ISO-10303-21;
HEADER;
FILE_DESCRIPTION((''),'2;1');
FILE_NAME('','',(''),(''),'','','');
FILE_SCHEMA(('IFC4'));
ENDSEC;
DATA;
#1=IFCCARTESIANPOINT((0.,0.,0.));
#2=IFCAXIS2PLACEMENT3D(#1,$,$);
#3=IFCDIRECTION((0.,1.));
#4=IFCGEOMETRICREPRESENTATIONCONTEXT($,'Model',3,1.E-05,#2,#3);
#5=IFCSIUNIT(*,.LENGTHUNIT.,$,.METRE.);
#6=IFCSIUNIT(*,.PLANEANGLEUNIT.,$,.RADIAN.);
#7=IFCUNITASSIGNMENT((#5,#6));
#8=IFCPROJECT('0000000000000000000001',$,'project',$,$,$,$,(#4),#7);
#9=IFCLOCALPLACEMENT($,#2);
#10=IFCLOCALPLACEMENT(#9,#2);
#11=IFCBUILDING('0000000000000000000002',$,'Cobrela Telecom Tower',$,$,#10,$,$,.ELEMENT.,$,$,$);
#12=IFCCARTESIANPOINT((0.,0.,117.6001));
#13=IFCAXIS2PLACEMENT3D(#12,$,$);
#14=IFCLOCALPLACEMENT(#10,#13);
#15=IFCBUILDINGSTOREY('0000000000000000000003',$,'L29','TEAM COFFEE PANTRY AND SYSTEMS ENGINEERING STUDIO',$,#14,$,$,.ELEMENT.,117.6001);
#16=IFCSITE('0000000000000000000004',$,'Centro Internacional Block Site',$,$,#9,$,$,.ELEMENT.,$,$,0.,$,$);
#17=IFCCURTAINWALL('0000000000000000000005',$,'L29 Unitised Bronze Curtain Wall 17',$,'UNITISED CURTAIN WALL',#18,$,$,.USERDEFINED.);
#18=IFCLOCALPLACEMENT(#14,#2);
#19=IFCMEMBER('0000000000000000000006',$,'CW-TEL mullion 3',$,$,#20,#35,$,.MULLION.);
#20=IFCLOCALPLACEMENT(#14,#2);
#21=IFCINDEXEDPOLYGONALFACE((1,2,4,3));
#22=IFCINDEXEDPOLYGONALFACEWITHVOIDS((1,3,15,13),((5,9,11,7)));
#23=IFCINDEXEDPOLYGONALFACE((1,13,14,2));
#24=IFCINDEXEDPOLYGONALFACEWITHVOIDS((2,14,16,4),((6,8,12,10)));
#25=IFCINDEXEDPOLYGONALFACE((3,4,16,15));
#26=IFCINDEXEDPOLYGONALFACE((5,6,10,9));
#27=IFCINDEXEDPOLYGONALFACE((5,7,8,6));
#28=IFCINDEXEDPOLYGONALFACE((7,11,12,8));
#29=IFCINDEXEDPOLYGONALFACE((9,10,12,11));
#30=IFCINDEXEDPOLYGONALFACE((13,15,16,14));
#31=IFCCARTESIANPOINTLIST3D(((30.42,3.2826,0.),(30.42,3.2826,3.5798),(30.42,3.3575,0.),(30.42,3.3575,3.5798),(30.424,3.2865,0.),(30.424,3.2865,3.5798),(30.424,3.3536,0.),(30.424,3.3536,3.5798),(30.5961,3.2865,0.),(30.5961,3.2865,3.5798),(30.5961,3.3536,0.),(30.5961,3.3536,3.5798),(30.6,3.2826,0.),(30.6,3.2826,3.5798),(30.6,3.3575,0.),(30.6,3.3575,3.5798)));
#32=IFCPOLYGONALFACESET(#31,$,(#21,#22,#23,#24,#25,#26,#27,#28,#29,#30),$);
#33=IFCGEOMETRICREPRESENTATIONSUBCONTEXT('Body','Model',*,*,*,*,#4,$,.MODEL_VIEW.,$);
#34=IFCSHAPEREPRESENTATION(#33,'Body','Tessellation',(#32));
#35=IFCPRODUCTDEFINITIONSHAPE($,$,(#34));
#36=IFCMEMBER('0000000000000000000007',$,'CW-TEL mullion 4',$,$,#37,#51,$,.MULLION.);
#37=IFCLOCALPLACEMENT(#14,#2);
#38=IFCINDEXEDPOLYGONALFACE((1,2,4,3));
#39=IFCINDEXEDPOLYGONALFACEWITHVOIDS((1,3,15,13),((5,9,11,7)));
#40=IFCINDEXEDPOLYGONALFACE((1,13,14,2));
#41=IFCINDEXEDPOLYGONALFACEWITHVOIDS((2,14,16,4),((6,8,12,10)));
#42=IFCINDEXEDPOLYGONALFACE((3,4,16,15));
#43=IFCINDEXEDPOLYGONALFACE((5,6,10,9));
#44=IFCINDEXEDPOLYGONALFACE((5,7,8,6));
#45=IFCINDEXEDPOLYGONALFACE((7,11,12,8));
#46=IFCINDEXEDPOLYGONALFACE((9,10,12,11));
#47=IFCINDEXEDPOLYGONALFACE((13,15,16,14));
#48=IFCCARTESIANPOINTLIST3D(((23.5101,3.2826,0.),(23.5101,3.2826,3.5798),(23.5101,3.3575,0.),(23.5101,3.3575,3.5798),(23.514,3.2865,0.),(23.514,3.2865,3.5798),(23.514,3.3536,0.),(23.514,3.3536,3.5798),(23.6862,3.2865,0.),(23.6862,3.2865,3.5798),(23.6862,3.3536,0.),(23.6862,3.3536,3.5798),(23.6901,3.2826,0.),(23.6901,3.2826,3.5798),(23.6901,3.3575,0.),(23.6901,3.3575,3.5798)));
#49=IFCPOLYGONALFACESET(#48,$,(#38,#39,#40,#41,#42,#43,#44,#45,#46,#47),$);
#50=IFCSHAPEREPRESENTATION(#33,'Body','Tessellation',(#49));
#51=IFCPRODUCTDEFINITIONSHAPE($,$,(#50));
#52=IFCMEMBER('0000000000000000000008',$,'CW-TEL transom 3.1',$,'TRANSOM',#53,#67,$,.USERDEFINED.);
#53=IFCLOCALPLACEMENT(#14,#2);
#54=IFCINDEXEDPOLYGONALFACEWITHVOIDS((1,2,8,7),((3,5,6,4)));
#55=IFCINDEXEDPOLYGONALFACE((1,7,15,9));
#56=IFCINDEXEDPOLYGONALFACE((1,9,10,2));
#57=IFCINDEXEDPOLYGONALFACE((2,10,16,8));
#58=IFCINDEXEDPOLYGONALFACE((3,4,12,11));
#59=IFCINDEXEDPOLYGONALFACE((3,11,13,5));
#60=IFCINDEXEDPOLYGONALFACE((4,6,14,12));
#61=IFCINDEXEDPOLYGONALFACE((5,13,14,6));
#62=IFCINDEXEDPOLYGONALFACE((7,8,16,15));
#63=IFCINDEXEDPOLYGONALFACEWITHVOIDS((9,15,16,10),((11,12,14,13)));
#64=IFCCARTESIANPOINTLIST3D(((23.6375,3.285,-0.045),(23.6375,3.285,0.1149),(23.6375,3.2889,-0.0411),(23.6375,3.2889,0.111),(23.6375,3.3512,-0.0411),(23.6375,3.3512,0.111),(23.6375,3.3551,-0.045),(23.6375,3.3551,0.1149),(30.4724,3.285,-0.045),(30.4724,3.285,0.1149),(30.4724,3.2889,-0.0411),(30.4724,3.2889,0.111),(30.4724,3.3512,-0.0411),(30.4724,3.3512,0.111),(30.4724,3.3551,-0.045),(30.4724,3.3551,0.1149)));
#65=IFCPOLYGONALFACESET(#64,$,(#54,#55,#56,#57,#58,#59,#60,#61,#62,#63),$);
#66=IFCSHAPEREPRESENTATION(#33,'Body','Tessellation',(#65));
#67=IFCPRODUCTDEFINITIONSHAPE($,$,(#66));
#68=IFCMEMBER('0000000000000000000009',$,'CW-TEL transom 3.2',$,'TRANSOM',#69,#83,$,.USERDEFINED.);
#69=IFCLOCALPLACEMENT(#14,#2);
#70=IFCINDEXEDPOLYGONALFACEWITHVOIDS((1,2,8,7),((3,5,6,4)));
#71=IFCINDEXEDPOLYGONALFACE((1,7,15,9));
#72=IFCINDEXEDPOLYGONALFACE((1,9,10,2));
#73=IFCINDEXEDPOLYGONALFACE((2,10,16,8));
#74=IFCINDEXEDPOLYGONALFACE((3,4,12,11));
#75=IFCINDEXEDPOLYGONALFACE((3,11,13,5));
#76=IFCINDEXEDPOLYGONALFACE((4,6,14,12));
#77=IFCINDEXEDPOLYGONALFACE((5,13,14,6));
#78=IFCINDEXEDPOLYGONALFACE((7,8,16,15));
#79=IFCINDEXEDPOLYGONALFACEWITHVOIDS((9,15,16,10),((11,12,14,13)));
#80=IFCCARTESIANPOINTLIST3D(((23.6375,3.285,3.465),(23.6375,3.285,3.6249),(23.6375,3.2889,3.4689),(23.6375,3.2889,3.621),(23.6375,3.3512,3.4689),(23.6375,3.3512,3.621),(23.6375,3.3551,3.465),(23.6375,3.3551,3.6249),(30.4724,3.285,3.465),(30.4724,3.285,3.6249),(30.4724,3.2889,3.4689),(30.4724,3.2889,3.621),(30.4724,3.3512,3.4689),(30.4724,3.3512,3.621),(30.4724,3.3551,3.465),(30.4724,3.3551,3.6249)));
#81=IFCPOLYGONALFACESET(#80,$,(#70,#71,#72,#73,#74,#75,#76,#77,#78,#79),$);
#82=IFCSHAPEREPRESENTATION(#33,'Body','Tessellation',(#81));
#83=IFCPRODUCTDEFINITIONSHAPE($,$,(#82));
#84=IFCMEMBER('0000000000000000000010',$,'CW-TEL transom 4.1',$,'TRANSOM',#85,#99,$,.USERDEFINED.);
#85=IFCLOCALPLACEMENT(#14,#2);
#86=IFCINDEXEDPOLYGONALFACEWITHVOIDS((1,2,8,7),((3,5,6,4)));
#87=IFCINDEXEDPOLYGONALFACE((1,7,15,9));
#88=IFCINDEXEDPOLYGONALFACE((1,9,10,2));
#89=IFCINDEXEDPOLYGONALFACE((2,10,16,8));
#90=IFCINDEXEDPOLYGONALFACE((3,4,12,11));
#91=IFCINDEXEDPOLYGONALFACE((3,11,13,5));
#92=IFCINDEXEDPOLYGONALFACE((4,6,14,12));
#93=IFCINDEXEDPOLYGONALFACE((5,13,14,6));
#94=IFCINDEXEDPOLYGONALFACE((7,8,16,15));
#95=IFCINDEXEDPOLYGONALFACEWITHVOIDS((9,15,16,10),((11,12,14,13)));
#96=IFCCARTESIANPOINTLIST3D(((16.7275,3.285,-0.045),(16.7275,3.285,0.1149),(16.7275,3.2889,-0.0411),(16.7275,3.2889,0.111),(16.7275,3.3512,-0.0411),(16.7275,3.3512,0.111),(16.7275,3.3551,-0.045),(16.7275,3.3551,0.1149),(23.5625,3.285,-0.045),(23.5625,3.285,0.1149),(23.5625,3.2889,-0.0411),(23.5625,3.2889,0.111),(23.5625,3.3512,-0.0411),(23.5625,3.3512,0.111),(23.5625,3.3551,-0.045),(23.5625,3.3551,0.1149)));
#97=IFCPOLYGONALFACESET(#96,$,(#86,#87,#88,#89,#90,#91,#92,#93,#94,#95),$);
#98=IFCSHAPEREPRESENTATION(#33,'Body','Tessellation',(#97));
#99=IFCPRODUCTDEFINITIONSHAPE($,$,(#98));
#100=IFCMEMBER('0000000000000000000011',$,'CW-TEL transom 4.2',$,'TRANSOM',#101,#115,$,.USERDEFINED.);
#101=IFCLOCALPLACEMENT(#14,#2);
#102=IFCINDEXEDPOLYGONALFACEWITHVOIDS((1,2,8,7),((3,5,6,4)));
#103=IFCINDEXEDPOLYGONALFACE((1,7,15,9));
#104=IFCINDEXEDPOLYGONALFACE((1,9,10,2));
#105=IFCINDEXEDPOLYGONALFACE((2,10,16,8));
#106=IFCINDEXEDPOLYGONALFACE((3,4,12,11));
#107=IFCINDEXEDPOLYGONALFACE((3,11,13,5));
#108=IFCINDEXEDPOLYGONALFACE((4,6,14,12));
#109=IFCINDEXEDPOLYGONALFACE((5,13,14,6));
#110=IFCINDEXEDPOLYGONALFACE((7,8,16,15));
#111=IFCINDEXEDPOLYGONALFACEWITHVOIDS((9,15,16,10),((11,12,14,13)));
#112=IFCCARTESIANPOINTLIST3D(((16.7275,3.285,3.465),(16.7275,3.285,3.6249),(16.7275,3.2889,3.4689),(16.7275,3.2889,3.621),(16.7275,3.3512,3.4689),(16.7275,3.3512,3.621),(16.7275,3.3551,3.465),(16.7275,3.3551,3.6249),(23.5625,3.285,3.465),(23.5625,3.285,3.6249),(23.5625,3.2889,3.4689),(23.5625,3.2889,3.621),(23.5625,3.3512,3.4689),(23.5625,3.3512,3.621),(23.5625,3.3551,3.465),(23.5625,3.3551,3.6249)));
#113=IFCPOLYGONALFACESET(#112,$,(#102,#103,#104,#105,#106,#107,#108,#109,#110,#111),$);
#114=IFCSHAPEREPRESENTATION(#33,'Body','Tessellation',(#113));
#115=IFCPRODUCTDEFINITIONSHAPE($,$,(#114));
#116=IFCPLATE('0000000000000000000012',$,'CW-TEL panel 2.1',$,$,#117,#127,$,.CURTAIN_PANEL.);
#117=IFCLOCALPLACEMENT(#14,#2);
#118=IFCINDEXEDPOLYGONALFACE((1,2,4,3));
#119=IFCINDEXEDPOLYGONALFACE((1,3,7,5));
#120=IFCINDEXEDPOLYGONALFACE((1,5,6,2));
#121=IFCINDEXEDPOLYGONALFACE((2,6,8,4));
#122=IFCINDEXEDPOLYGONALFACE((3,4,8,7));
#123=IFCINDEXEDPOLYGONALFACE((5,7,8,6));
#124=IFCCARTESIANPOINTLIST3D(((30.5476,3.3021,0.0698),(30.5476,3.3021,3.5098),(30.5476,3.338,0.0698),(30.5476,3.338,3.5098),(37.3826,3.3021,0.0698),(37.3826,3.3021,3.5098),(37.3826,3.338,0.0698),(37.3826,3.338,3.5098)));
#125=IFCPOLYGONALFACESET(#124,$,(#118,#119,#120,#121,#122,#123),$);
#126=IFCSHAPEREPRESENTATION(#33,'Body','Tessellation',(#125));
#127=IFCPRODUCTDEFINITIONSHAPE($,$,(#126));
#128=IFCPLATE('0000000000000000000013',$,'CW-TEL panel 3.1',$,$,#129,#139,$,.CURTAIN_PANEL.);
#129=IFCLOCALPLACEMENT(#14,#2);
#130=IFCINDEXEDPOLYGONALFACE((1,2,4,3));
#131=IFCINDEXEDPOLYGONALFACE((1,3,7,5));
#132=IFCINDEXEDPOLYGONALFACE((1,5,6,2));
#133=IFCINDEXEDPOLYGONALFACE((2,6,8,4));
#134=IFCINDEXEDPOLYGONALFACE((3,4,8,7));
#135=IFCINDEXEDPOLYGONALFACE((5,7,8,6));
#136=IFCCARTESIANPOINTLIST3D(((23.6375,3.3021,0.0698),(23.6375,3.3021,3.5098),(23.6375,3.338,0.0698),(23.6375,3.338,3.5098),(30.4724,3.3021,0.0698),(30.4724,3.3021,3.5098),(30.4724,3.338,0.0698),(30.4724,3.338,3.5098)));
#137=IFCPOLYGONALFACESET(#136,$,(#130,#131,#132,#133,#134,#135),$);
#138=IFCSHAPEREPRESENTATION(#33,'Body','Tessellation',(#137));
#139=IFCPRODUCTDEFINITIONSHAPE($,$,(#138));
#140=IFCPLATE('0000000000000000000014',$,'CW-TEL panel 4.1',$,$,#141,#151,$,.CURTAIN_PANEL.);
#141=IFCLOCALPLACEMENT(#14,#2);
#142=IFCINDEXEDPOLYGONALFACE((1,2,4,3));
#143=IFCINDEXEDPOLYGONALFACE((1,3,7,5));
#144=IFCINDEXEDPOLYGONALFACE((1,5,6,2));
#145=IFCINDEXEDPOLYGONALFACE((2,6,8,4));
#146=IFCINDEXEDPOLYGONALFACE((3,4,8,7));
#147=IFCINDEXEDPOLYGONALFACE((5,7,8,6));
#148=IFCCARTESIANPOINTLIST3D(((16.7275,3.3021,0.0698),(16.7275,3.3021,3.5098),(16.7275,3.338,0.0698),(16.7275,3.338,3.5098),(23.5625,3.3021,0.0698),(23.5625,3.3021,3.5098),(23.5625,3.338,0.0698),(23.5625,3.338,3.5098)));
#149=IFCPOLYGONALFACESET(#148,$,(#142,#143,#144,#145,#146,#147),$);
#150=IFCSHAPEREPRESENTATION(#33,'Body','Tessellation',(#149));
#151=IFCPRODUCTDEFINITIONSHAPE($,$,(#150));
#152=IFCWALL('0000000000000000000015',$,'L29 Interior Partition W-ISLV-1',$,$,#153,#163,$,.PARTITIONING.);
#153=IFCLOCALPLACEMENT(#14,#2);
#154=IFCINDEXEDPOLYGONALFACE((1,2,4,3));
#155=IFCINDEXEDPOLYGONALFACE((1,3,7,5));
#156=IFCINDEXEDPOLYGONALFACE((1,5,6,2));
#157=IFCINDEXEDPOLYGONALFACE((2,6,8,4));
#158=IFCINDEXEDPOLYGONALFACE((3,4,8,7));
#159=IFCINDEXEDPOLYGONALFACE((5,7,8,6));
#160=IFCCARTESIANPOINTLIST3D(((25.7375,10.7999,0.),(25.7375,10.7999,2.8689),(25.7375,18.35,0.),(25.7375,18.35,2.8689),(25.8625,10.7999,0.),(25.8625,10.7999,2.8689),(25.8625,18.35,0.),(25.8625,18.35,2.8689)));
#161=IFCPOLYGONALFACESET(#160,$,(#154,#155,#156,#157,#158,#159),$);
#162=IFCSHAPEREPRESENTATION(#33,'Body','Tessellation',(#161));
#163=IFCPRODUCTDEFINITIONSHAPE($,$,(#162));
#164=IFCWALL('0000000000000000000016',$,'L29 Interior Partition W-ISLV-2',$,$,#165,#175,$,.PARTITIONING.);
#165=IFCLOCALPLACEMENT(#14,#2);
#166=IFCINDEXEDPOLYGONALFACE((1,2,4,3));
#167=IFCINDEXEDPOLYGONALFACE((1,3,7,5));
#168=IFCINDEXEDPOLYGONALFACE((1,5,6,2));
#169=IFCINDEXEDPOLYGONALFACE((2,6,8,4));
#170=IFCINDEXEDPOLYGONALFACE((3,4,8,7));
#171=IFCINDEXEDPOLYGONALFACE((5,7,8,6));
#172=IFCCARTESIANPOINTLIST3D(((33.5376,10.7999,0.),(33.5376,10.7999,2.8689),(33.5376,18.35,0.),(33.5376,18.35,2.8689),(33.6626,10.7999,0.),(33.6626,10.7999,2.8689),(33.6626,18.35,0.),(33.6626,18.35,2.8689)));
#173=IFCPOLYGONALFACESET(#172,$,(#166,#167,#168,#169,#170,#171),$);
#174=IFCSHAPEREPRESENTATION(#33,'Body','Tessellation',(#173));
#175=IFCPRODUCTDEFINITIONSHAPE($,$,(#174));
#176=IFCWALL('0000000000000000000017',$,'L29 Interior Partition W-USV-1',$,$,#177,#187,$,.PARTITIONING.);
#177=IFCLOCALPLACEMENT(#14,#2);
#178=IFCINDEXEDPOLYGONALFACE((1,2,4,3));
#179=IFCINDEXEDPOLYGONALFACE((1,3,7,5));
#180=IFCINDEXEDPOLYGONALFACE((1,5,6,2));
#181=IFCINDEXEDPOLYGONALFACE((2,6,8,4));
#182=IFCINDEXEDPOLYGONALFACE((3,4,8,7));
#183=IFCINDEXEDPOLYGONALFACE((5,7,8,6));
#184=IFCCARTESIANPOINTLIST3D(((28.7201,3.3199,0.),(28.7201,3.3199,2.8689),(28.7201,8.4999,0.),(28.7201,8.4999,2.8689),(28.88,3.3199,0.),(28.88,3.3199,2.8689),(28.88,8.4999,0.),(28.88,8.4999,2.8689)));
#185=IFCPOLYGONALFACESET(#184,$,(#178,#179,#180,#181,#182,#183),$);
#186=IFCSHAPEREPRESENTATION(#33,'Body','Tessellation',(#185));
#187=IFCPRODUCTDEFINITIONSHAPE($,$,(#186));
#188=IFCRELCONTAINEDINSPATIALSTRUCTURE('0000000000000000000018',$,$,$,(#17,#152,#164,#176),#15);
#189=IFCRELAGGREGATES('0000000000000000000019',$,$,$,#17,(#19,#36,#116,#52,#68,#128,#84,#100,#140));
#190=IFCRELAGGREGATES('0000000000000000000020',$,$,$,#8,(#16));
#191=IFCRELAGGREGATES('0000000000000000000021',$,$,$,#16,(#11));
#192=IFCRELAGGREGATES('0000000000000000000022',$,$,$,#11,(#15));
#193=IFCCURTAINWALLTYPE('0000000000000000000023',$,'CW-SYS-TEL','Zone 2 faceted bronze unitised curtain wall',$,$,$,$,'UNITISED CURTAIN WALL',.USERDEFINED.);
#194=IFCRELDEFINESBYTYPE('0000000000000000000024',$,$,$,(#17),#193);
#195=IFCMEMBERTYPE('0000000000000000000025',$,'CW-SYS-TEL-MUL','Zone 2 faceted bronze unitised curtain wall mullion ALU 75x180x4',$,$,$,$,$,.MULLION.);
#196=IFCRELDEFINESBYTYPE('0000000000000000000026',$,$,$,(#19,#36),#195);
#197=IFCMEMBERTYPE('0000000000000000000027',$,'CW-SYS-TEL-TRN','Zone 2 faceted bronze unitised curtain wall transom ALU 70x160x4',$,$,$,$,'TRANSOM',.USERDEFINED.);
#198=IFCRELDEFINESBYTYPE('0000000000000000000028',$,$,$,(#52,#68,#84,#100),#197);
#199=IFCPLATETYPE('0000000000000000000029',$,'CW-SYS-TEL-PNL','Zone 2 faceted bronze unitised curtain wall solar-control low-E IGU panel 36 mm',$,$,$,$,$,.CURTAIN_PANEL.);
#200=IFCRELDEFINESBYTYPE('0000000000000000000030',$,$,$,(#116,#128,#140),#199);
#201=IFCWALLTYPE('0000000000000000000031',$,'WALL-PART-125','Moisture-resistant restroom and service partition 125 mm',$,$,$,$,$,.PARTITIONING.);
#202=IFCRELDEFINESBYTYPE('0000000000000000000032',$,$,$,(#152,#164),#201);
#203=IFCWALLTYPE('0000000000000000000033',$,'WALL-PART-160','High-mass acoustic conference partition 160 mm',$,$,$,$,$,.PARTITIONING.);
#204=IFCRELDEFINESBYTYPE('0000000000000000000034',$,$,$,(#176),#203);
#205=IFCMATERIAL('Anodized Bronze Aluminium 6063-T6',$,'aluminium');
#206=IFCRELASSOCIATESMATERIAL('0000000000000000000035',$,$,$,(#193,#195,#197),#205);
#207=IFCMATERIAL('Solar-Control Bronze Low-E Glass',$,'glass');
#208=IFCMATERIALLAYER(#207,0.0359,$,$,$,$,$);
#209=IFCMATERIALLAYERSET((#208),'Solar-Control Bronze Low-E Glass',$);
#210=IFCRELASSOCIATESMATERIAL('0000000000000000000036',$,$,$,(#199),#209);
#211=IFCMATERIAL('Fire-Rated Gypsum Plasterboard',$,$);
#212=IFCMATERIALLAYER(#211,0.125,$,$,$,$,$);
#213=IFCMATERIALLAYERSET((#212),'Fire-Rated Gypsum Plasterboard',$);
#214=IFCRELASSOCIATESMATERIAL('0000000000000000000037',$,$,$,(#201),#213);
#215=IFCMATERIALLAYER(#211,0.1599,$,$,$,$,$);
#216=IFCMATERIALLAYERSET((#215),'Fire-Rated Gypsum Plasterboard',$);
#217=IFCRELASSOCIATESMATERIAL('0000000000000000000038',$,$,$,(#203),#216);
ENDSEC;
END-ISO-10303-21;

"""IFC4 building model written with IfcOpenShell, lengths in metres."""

from ifc_helpers import new_model, si_unit, direction, frame, frame_2d, origin, origin_2d, place, context, subcontext, project, spatial, rectangle, hollow_rectangle, extrude, material, layer, layer_set, material_profile, profile_set, type_object, element, aggregate, save


model = new_model("IFC4")

# Units and contexts
model_context = context("Model", 3, precision=1e-05, world=origin(), true_north=direction((0.0, 1.0)))
body_context = subcontext(model_context, "Body", "Model", "MODEL_VIEW")
ifc_project = project(units=[si_unit("LENGTHUNIT", "METRE"), si_unit("PLANEANGLEUNIT", "RADIAN")], contexts=[model_context])

# Site, building, storey
site_placement = place(None, origin())
site = spatial("IfcSite", under=ifc_project, at=site_placement, Name="Centro Internacional Block Site", CompositionType="ELEMENT", RefElevation=0.0)
building_placement = place(site_placement, origin())
building = spatial("IfcBuilding", under=site, at=building_placement, Name="Cobrela Telecom Tower", CompositionType="ELEMENT")
storey_placement = place(building_placement, frame((0.0, 0.0, 117.6001)))
storey = spatial("IfcBuildingStorey", under=building, at=storey_placement, Name="L29", Description="TEAM COFFEE PANTRY AND SYSTEMS ENGINEERING STUDIO", CompositionType="ELEMENT", Elevation=117.6001)

# Curtain wall, members, plates
ifc_material_1 = material(Name="Anodized Bronze Aluminium 6063-T6", Category="aluminium")
curtain_wall_type = type_object("IfcCurtainWallType", Name="CW-SYS-TEL", Description="Zone 2 faceted bronze unitised curtain wall", ElementType="UNITISED CURTAIN WALL", PredefinedType="USERDEFINED", material=ifc_material_1)
curtain_wall_placement = place(storey_placement, origin())
curtain_wall = element("IfcCurtainWall", 1, at=curtain_wall_placement, inside=storey, type_object=curtain_wall_type, Name="L29 Unitised Bronze Curtain Wall 17", ObjectType="UNITISED CURTAIN WALL", PredefinedType="USERDEFINED")
ifc_material_profile_1 = material_profile(ifc_material_1, hollow_rectangle(XDim=0.075, YDim=0.1799, WallThickness=0.0039, at=origin_2d()), Name="ALU 75x180x4")
ifc_profile_set_1 = profile_set([ifc_material_profile_1], Name="Anodized Bronze Aluminium 6063-T6")
member_type_1 = type_object("IfcMemberType", Name="CW-SYS-TEL-MUL", Description="Zone 2 faceted bronze unitised curtain wall mullion ALU 75x180x4", PredefinedType="MULLION", material=ifc_profile_set_1)
member_1_placement = place(storey_placement, frame((30.51, 3.3201, 0.0), z_axis=(0.0, 0.0, 1.0), x_axis=(0.0, -1.0, 0.0)))
member_1 = element("IfcMember", 2, at=member_1_placement, type_object=member_type_1, Name="CW-TEL mullion 3", PredefinedType="MULLION", context=body_context, shape_type="SweptSolid", body=[
    extrude(hollow_rectangle(XDim=0.075, YDim=0.1799, WallThickness=0.0039, at=origin_2d()), origin(), (0.0, 0.0, 1.0), 3.5798),
])
member_2_placement = place(storey_placement, frame((23.6001, 3.3201, 0.0), z_axis=(0.0, 0.0, 1.0), x_axis=(0.0, -1.0, 0.0)))
member_2 = element("IfcMember", 3, at=member_2_placement, type_object=member_type_1, Name="CW-TEL mullion 4", PredefinedType="MULLION", context=body_context, shape_type="SweptSolid", body=[
    extrude(hollow_rectangle(XDim=0.075, YDim=0.1799, WallThickness=0.0039, at=origin_2d()), origin(), (0.0, 0.0, 1.0), 3.5798),
])
ifc_material_profile_2 = material_profile(ifc_material_1, hollow_rectangle(XDim=0.0701, YDim=0.1599, WallThickness=0.0039, at=origin_2d()), Name="ALU 70x160x4")
ifc_profile_set_2 = profile_set([ifc_material_profile_2], Name="Anodized Bronze Aluminium 6063-T6")
member_type_2 = type_object("IfcMemberType", Name="CW-SYS-TEL-TRN", Description="Zone 2 faceted bronze unitised curtain wall transom ALU 70x160x4", ElementType="TRANSOM", PredefinedType="USERDEFINED", material=ifc_profile_set_2)
member_3_placement = place(storey_placement, frame((30.4724, 3.3201, 0.0349), z_axis=(-1.0, 0.0, 0.0), x_axis=(0.0, -1.0, 0.0)))
member_3 = element("IfcMember", 4, at=member_3_placement, type_object=member_type_2, Name="CW-TEL transom 3.1", ObjectType="TRANSOM", PredefinedType="USERDEFINED", context=body_context, shape_type="SweptSolid", body=[
    extrude(hollow_rectangle(XDim=0.0701, YDim=0.1599, WallThickness=0.0039, at=origin_2d()), origin(), (0.0, 0.0, 1.0), 6.835),
])
member_4_placement = place(storey_placement, frame((30.4724, 3.3201, 3.5449), z_axis=(-1.0, 0.0, 0.0), x_axis=(0.0, -1.0, 0.0)))
member_4 = element("IfcMember", 5, at=member_4_placement, type_object=member_type_2, Name="CW-TEL transom 3.2", ObjectType="TRANSOM", PredefinedType="USERDEFINED", context=body_context, shape_type="SweptSolid", body=[
    extrude(hollow_rectangle(XDim=0.0701, YDim=0.1599, WallThickness=0.0039, at=origin_2d()), origin(), (0.0, 0.0, 1.0), 6.835),
])
member_5_placement = place(storey_placement, frame((23.5625, 3.3201, 0.0349), z_axis=(-1.0, 0.0, 0.0), x_axis=(0.0, -1.0, 0.0)))
member_5 = element("IfcMember", 6, at=member_5_placement, type_object=member_type_2, Name="CW-TEL transom 4.1", ObjectType="TRANSOM", PredefinedType="USERDEFINED", context=body_context, shape_type="SweptSolid", body=[
    extrude(hollow_rectangle(XDim=0.0701, YDim=0.1599, WallThickness=0.0039, at=origin_2d()), origin(), (0.0, 0.0, 1.0), 6.835),
])
member_6_placement = place(storey_placement, frame((23.5625, 3.3201, 3.5449), z_axis=(-1.0, 0.0, 0.0), x_axis=(0.0, -1.0, 0.0)))
member_6 = element("IfcMember", 7, at=member_6_placement, type_object=member_type_2, Name="CW-TEL transom 4.2", ObjectType="TRANSOM", PredefinedType="USERDEFINED", context=body_context, shape_type="SweptSolid", body=[
    extrude(hollow_rectangle(XDim=0.0701, YDim=0.1599, WallThickness=0.0039, at=origin_2d()), origin(), (0.0, 0.0, 1.0), 6.835),
])
ifc_material_2 = material(Name="Solar-Control Bronze Low-E Glass", Category="glass")
ifc_layer_1 = layer(ifc_material_2, 0.0359)
ifc_layer_set_1 = layer_set([ifc_layer_1], Name="Solar-Control Bronze Low-E Glass")
plate_type = type_object("IfcPlateType", Name="CW-SYS-TEL-PNL", Description="Zone 2 faceted bronze unitised curtain wall solar-control low-E IGU panel 36 mm", PredefinedType="CURTAIN_PANEL", material=ifc_layer_set_1)
plate_1_placement = place(storey_placement, frame((33.9651, 3.3201, 0.0698), z_axis=(0.0, 0.0, 1.0), x_axis=(-1.0, 0.0, 0.0)))
plate_1 = element("IfcPlate", 8, at=plate_1_placement, type_object=plate_type, Name="CW-TEL panel 2.1", PredefinedType="CURTAIN_PANEL", context=body_context, shape_type="SweptSolid", body=[
    extrude(rectangle(XDim=6.835, YDim=0.0359, at=origin_2d()), origin(), (0.0, 0.0, 1.0), 3.4399),
])
plate_2_placement = place(storey_placement, frame((27.0549, 3.3201, 0.0698), z_axis=(0.0, 0.0, 1.0), x_axis=(-1.0, 0.0, 0.0)))
plate_2 = element("IfcPlate", 9, at=plate_2_placement, type_object=plate_type, Name="CW-TEL panel 3.1", PredefinedType="CURTAIN_PANEL", context=body_context, shape_type="SweptSolid", body=[
    extrude(rectangle(XDim=6.835, YDim=0.0359, at=origin_2d()), origin(), (0.0, 0.0, 1.0), 3.4399),
])
plate_3_placement = place(storey_placement, frame((20.145, 3.3201, 0.0698), z_axis=(0.0, 0.0, 1.0), x_axis=(-1.0, 0.0, 0.0)))
plate_3 = element("IfcPlate", 10, at=plate_3_placement, type_object=plate_type, Name="CW-TEL panel 4.1", PredefinedType="CURTAIN_PANEL", context=body_context, shape_type="SweptSolid", body=[
    extrude(rectangle(XDim=6.835, YDim=0.0359, at=origin_2d()), origin(), (0.0, 0.0, 1.0), 3.4399),
])
aggregate(curtain_wall, [member_1, member_2, plate_1, member_3, member_4, plate_2, member_5, member_6, plate_3])

# Walls
ifc_material_3 = material(Name="Fire-Rated Gypsum Plasterboard")
ifc_layer_2 = layer(ifc_material_3, 0.125)
ifc_layer_set_2 = layer_set([ifc_layer_2], Name="Fire-Rated Gypsum Plasterboard")
wall_type_1 = type_object("IfcWallType", Name="WALL-PART-125", Description="Moisture-resistant restroom and service partition 125 mm", PredefinedType="PARTITIONING", material=ifc_layer_set_2)
for number, where, z_axis, x_axis, name in (
    (11, (25.8, 10.8, 0.0), (0.0, 0.0, 1.0), (0.0, 1.0, 0.0), "L29 Interior Partition W-ISLV-1"),
    (12, (33.6001, 10.8, 0.0), (0.0, 0.0, 1.0), (0.0, 1.0, 0.0), "L29 Interior Partition W-ISLV-2"),
):
    element("IfcWall", number, at=place(storey_placement, frame(where, z_axis=z_axis, x_axis=x_axis)), inside=storey, type_object=wall_type_1, Name=name, PredefinedType="PARTITIONING", context=body_context, shape_type="SweptSolid", body=[
        extrude(rectangle(XDim=7.55, YDim=0.125, at=frame_2d((3.7749, 0.0))), origin(), (0.0, 0.0, 1.0), 2.8689),
    ])
ifc_layer_3 = layer(ifc_material_3, 0.1599)
ifc_layer_set_3 = layer_set([ifc_layer_3], Name="Fire-Rated Gypsum Plasterboard")
wall_type_2 = type_object("IfcWallType", Name="WALL-PART-160", Description="High-mass acoustic conference partition 160 mm", PredefinedType="PARTITIONING", material=ifc_layer_set_3)
wall_placement = place(storey_placement, frame((28.8, 3.3201, 0.0), z_axis=(0.0, 0.0, 1.0), x_axis=(0.0, 1.0, 0.0)))
element("IfcWall", 13, at=wall_placement, inside=storey, type_object=wall_type_2, Name="L29 Interior Partition W-USV-1", PredefinedType="PARTITIONING", context=body_context, shape_type="SweptSolid", body=[
    extrude(rectangle(XDim=5.1799, YDim=0.1599, at=frame_2d((2.5898, 0.0))), origin(), (0.0, 0.0, 1.0), 2.8689),
])

save(model, "model.ifc")
